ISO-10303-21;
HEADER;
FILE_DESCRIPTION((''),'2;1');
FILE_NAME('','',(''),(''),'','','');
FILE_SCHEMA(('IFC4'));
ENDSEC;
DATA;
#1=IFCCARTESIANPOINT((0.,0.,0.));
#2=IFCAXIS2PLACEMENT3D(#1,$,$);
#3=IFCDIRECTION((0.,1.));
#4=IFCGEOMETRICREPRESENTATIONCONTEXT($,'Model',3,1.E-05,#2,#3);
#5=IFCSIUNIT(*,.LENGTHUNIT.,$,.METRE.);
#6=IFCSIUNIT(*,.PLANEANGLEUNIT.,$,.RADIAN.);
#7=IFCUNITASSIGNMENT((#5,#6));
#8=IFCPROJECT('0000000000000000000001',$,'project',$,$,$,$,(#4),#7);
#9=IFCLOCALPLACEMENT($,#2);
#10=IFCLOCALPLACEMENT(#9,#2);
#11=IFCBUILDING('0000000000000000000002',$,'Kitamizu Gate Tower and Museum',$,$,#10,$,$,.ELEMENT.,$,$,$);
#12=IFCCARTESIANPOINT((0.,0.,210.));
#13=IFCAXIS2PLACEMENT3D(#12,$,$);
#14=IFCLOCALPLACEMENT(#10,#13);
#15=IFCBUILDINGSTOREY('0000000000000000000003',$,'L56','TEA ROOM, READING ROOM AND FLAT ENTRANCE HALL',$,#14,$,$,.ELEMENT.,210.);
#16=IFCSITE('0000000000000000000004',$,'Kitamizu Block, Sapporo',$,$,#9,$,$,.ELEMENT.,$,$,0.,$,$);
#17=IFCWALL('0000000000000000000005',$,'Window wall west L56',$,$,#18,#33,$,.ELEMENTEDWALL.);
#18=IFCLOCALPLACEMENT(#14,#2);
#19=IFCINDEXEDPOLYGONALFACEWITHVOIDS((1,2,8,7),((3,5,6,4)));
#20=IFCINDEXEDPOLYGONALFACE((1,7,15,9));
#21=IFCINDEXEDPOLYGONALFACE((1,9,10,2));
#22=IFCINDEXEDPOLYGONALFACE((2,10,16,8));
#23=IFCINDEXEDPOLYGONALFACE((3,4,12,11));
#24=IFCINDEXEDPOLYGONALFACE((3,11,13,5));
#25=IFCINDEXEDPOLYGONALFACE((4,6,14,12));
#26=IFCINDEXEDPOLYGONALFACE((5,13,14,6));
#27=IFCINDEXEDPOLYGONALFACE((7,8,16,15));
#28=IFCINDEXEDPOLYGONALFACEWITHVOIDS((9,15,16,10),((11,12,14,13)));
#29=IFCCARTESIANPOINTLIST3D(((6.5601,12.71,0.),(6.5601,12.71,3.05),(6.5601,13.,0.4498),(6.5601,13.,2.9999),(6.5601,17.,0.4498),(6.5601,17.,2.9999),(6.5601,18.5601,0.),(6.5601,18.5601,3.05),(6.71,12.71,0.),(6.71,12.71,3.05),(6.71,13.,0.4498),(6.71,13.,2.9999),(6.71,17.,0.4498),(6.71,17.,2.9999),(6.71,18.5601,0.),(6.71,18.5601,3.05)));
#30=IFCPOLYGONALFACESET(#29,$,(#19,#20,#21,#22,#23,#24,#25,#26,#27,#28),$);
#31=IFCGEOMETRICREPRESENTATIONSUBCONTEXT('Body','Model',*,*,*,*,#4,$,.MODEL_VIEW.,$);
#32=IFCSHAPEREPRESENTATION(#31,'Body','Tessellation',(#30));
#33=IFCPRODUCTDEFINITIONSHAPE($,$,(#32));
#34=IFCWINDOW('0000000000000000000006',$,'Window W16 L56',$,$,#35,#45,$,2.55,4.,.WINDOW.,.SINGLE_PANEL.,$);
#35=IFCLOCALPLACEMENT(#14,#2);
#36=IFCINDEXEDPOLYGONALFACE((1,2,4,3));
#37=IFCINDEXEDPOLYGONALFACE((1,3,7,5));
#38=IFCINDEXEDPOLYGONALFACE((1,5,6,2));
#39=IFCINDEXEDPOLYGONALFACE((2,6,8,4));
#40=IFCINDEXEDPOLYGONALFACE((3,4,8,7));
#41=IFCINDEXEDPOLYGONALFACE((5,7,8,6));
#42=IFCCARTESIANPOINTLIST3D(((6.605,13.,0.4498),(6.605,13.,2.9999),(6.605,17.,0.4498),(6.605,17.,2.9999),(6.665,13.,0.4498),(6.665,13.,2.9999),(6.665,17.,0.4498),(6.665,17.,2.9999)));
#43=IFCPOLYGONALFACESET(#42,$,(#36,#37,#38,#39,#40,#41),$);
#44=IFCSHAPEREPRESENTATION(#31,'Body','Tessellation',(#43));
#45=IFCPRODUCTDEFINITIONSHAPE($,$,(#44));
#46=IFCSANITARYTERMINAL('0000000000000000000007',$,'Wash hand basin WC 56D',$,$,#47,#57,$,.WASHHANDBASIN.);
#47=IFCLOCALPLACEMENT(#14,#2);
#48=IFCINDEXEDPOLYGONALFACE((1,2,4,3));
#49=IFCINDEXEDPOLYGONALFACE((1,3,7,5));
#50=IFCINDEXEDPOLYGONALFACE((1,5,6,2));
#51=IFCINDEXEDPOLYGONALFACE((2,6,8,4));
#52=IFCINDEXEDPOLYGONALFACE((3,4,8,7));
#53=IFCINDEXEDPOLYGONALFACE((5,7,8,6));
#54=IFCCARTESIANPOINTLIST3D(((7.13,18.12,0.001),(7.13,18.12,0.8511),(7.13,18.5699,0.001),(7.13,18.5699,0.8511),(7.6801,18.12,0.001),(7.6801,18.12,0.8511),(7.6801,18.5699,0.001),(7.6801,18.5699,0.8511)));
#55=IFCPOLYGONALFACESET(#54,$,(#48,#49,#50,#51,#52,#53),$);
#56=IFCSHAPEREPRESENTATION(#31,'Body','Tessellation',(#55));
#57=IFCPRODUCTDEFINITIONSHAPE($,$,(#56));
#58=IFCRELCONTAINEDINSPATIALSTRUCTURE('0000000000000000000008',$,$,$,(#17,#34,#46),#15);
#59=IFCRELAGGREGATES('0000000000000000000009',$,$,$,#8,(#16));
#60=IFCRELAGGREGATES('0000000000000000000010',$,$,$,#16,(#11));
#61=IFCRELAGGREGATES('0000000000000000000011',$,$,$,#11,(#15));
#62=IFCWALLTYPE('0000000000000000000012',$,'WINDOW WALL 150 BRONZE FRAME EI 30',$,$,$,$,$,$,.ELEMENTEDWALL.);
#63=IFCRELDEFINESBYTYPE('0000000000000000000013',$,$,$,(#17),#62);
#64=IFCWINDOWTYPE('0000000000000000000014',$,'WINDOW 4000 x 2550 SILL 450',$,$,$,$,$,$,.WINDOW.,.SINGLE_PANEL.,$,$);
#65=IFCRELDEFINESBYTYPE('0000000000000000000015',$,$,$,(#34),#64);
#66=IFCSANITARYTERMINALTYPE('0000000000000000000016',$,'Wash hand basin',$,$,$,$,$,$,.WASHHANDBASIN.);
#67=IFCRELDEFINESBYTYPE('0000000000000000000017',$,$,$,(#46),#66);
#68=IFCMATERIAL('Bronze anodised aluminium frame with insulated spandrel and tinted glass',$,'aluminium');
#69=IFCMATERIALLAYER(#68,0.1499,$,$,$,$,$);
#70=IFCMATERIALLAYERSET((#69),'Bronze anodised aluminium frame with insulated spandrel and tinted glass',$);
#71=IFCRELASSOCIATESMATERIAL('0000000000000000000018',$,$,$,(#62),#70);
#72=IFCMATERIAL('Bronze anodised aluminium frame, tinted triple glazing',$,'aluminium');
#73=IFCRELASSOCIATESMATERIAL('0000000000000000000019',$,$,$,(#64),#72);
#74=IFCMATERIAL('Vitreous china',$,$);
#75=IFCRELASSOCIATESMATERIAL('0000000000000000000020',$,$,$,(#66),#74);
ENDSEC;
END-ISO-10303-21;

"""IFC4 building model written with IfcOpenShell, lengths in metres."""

from ifc_helpers import new_model, si_unit, direction, frame, frame_2d, origin, origin_2d, place, context, subcontext, project, spatial, rectangle, extrude, material, layer, layer_set, type_object, element, fill, save


model = new_model("IFC4")

# Units and contexts
model_context = context("Model", 3, precision=1e-05, world=origin(), true_north=direction((0.0, 1.0)))
body_context = subcontext(model_context, "Body", "Model", "MODEL_VIEW")
ifc_project = project(units=[si_unit("LENGTHUNIT", "METRE"), si_unit("PLANEANGLEUNIT", "RADIAN")], contexts=[model_context])

# Site, building, storey
site_placement = place(None, origin())
site = spatial("IfcSite", under=ifc_project, at=site_placement, Name="Kitamizu Block, Sapporo", CompositionType="ELEMENT", RefElevation=0.0)
building_placement = place(site_placement, origin())
building = spatial("IfcBuilding", under=site, at=building_placement, Name="Kitamizu Gate Tower and Museum", CompositionType="ELEMENT")
storey_placement = place(building_placement, frame((0.0, 0.0, 210.0)))
storey = spatial("IfcBuildingStorey", under=building, at=storey_placement, Name="L56", Description="TEA ROOM, READING ROOM AND FLAT ENTRANCE HALL", CompositionType="ELEMENT", Elevation=210.0)

# Wall, opening, window
ifc_material_1 = material(Name="Bronze anodised aluminium frame with insulated spandrel and tinted glass", Category="aluminium")
ifc_layer_1 = layer(ifc_material_1, 0.1499)
ifc_layer_set_1 = layer_set([ifc_layer_1], Name="Bronze anodised aluminium frame with insulated spandrel and tinted glass")
wall_type_1 = type_object("IfcWallType", Name="WINDOW WALL 150 BRONZE FRAME EI 30", PredefinedType="ELEMENTEDWALL", material=ifc_layer_set_1)
wall_1_placement = place(storey_placement, frame((6.635, 12.71, 0.0), z_axis=(0.0, 0.0, 1.0), x_axis=(0.0, 1.0, 0.0)))
wall_1 = element("IfcWall", 1, at=wall_1_placement, inside=storey, type_object=wall_type_1, Name="Window wall west L56", PredefinedType="ELEMENTEDWALL", context=body_context, shape_type="SweptSolid", body=[
    extrude(rectangle(XDim=5.8501, YDim=0.1499, at=frame_2d((2.925, 0.0))), origin(), (0.0, 0.0, 1.0), 3.05),
])
opening_1_placement = place(wall_1_placement, frame((0.29, 0.0, 0.45)))
opening_1 = element("IfcOpeningElement", 2, at=opening_1_placement, cuts=wall_1, PredefinedType="OPENING", context=body_context, shape_type="SweptSolid", body=[
    extrude(rectangle(XDim=4.0, YDim=2.55, at=frame_2d((2.0, 1.2749))), frame((0.0, 0.085, 0.0), z_axis=(0.0, -1.0, 0.0), x_axis=(1.0, 0.0, 0.0)), (0.0, 0.0, 1.0), 0.1699),
])
ifc_material_2 = material(Name="Bronze anodised aluminium frame, tinted triple glazing", Category="aluminium")
window_type = type_object("IfcWindowType", Name="WINDOW 4000 x 2550 SILL 450", PartitioningType="SINGLE_PANEL", PredefinedType="WINDOW", material=ifc_material_2)
window_placement = place(opening_1_placement, origin())
window = element("IfcWindow", 3, at=window_placement, inside=storey, type_object=window_type, Name="Window W16 L56", OverallHeight=2.55, OverallWidth=4.0, PartitioningType="SINGLE_PANEL", PredefinedType="WINDOW", context=body_context, shape_type="SweptSolid", body=[
    extrude(rectangle(XDim=4.0, YDim=2.55, at=frame_2d((2.0, 1.2749))), frame((0.0, 0.03, 0.0), z_axis=(0.0, -1.0, 0.0), x_axis=(1.0, 0.0, 0.0)), (0.0, 0.0, 1.0), 0.0601),
])
fill(opening_1, window)

# Sanitary terminal
ifc_material_3 = material(Name="Vitreous china")
sanitary_terminal_type = type_object("IfcSanitaryTerminalType", Name="Wash hand basin", PredefinedType="WASHHANDBASIN", material=ifc_material_3)
sanitary_terminal_placement = place(storey_placement, frame((7.405, 18.345, 0.001), z_axis=(0.0, 0.0, 1.0), x_axis=(1.0, 0.0, 0.0)))
element("IfcSanitaryTerminal", 4, at=sanitary_terminal_placement, inside=storey, type_object=sanitary_terminal_type, Name="Wash hand basin WC 56D", PredefinedType="WASHHANDBASIN", context=body_context, shape_type="SweptSolid", body=[
    extrude(rectangle(XDim=0.55, YDim=0.45, at=origin_2d()), origin(), (0.0, 0.0, 1.0), 0.8501),
])

save(model, "model.ifc")
